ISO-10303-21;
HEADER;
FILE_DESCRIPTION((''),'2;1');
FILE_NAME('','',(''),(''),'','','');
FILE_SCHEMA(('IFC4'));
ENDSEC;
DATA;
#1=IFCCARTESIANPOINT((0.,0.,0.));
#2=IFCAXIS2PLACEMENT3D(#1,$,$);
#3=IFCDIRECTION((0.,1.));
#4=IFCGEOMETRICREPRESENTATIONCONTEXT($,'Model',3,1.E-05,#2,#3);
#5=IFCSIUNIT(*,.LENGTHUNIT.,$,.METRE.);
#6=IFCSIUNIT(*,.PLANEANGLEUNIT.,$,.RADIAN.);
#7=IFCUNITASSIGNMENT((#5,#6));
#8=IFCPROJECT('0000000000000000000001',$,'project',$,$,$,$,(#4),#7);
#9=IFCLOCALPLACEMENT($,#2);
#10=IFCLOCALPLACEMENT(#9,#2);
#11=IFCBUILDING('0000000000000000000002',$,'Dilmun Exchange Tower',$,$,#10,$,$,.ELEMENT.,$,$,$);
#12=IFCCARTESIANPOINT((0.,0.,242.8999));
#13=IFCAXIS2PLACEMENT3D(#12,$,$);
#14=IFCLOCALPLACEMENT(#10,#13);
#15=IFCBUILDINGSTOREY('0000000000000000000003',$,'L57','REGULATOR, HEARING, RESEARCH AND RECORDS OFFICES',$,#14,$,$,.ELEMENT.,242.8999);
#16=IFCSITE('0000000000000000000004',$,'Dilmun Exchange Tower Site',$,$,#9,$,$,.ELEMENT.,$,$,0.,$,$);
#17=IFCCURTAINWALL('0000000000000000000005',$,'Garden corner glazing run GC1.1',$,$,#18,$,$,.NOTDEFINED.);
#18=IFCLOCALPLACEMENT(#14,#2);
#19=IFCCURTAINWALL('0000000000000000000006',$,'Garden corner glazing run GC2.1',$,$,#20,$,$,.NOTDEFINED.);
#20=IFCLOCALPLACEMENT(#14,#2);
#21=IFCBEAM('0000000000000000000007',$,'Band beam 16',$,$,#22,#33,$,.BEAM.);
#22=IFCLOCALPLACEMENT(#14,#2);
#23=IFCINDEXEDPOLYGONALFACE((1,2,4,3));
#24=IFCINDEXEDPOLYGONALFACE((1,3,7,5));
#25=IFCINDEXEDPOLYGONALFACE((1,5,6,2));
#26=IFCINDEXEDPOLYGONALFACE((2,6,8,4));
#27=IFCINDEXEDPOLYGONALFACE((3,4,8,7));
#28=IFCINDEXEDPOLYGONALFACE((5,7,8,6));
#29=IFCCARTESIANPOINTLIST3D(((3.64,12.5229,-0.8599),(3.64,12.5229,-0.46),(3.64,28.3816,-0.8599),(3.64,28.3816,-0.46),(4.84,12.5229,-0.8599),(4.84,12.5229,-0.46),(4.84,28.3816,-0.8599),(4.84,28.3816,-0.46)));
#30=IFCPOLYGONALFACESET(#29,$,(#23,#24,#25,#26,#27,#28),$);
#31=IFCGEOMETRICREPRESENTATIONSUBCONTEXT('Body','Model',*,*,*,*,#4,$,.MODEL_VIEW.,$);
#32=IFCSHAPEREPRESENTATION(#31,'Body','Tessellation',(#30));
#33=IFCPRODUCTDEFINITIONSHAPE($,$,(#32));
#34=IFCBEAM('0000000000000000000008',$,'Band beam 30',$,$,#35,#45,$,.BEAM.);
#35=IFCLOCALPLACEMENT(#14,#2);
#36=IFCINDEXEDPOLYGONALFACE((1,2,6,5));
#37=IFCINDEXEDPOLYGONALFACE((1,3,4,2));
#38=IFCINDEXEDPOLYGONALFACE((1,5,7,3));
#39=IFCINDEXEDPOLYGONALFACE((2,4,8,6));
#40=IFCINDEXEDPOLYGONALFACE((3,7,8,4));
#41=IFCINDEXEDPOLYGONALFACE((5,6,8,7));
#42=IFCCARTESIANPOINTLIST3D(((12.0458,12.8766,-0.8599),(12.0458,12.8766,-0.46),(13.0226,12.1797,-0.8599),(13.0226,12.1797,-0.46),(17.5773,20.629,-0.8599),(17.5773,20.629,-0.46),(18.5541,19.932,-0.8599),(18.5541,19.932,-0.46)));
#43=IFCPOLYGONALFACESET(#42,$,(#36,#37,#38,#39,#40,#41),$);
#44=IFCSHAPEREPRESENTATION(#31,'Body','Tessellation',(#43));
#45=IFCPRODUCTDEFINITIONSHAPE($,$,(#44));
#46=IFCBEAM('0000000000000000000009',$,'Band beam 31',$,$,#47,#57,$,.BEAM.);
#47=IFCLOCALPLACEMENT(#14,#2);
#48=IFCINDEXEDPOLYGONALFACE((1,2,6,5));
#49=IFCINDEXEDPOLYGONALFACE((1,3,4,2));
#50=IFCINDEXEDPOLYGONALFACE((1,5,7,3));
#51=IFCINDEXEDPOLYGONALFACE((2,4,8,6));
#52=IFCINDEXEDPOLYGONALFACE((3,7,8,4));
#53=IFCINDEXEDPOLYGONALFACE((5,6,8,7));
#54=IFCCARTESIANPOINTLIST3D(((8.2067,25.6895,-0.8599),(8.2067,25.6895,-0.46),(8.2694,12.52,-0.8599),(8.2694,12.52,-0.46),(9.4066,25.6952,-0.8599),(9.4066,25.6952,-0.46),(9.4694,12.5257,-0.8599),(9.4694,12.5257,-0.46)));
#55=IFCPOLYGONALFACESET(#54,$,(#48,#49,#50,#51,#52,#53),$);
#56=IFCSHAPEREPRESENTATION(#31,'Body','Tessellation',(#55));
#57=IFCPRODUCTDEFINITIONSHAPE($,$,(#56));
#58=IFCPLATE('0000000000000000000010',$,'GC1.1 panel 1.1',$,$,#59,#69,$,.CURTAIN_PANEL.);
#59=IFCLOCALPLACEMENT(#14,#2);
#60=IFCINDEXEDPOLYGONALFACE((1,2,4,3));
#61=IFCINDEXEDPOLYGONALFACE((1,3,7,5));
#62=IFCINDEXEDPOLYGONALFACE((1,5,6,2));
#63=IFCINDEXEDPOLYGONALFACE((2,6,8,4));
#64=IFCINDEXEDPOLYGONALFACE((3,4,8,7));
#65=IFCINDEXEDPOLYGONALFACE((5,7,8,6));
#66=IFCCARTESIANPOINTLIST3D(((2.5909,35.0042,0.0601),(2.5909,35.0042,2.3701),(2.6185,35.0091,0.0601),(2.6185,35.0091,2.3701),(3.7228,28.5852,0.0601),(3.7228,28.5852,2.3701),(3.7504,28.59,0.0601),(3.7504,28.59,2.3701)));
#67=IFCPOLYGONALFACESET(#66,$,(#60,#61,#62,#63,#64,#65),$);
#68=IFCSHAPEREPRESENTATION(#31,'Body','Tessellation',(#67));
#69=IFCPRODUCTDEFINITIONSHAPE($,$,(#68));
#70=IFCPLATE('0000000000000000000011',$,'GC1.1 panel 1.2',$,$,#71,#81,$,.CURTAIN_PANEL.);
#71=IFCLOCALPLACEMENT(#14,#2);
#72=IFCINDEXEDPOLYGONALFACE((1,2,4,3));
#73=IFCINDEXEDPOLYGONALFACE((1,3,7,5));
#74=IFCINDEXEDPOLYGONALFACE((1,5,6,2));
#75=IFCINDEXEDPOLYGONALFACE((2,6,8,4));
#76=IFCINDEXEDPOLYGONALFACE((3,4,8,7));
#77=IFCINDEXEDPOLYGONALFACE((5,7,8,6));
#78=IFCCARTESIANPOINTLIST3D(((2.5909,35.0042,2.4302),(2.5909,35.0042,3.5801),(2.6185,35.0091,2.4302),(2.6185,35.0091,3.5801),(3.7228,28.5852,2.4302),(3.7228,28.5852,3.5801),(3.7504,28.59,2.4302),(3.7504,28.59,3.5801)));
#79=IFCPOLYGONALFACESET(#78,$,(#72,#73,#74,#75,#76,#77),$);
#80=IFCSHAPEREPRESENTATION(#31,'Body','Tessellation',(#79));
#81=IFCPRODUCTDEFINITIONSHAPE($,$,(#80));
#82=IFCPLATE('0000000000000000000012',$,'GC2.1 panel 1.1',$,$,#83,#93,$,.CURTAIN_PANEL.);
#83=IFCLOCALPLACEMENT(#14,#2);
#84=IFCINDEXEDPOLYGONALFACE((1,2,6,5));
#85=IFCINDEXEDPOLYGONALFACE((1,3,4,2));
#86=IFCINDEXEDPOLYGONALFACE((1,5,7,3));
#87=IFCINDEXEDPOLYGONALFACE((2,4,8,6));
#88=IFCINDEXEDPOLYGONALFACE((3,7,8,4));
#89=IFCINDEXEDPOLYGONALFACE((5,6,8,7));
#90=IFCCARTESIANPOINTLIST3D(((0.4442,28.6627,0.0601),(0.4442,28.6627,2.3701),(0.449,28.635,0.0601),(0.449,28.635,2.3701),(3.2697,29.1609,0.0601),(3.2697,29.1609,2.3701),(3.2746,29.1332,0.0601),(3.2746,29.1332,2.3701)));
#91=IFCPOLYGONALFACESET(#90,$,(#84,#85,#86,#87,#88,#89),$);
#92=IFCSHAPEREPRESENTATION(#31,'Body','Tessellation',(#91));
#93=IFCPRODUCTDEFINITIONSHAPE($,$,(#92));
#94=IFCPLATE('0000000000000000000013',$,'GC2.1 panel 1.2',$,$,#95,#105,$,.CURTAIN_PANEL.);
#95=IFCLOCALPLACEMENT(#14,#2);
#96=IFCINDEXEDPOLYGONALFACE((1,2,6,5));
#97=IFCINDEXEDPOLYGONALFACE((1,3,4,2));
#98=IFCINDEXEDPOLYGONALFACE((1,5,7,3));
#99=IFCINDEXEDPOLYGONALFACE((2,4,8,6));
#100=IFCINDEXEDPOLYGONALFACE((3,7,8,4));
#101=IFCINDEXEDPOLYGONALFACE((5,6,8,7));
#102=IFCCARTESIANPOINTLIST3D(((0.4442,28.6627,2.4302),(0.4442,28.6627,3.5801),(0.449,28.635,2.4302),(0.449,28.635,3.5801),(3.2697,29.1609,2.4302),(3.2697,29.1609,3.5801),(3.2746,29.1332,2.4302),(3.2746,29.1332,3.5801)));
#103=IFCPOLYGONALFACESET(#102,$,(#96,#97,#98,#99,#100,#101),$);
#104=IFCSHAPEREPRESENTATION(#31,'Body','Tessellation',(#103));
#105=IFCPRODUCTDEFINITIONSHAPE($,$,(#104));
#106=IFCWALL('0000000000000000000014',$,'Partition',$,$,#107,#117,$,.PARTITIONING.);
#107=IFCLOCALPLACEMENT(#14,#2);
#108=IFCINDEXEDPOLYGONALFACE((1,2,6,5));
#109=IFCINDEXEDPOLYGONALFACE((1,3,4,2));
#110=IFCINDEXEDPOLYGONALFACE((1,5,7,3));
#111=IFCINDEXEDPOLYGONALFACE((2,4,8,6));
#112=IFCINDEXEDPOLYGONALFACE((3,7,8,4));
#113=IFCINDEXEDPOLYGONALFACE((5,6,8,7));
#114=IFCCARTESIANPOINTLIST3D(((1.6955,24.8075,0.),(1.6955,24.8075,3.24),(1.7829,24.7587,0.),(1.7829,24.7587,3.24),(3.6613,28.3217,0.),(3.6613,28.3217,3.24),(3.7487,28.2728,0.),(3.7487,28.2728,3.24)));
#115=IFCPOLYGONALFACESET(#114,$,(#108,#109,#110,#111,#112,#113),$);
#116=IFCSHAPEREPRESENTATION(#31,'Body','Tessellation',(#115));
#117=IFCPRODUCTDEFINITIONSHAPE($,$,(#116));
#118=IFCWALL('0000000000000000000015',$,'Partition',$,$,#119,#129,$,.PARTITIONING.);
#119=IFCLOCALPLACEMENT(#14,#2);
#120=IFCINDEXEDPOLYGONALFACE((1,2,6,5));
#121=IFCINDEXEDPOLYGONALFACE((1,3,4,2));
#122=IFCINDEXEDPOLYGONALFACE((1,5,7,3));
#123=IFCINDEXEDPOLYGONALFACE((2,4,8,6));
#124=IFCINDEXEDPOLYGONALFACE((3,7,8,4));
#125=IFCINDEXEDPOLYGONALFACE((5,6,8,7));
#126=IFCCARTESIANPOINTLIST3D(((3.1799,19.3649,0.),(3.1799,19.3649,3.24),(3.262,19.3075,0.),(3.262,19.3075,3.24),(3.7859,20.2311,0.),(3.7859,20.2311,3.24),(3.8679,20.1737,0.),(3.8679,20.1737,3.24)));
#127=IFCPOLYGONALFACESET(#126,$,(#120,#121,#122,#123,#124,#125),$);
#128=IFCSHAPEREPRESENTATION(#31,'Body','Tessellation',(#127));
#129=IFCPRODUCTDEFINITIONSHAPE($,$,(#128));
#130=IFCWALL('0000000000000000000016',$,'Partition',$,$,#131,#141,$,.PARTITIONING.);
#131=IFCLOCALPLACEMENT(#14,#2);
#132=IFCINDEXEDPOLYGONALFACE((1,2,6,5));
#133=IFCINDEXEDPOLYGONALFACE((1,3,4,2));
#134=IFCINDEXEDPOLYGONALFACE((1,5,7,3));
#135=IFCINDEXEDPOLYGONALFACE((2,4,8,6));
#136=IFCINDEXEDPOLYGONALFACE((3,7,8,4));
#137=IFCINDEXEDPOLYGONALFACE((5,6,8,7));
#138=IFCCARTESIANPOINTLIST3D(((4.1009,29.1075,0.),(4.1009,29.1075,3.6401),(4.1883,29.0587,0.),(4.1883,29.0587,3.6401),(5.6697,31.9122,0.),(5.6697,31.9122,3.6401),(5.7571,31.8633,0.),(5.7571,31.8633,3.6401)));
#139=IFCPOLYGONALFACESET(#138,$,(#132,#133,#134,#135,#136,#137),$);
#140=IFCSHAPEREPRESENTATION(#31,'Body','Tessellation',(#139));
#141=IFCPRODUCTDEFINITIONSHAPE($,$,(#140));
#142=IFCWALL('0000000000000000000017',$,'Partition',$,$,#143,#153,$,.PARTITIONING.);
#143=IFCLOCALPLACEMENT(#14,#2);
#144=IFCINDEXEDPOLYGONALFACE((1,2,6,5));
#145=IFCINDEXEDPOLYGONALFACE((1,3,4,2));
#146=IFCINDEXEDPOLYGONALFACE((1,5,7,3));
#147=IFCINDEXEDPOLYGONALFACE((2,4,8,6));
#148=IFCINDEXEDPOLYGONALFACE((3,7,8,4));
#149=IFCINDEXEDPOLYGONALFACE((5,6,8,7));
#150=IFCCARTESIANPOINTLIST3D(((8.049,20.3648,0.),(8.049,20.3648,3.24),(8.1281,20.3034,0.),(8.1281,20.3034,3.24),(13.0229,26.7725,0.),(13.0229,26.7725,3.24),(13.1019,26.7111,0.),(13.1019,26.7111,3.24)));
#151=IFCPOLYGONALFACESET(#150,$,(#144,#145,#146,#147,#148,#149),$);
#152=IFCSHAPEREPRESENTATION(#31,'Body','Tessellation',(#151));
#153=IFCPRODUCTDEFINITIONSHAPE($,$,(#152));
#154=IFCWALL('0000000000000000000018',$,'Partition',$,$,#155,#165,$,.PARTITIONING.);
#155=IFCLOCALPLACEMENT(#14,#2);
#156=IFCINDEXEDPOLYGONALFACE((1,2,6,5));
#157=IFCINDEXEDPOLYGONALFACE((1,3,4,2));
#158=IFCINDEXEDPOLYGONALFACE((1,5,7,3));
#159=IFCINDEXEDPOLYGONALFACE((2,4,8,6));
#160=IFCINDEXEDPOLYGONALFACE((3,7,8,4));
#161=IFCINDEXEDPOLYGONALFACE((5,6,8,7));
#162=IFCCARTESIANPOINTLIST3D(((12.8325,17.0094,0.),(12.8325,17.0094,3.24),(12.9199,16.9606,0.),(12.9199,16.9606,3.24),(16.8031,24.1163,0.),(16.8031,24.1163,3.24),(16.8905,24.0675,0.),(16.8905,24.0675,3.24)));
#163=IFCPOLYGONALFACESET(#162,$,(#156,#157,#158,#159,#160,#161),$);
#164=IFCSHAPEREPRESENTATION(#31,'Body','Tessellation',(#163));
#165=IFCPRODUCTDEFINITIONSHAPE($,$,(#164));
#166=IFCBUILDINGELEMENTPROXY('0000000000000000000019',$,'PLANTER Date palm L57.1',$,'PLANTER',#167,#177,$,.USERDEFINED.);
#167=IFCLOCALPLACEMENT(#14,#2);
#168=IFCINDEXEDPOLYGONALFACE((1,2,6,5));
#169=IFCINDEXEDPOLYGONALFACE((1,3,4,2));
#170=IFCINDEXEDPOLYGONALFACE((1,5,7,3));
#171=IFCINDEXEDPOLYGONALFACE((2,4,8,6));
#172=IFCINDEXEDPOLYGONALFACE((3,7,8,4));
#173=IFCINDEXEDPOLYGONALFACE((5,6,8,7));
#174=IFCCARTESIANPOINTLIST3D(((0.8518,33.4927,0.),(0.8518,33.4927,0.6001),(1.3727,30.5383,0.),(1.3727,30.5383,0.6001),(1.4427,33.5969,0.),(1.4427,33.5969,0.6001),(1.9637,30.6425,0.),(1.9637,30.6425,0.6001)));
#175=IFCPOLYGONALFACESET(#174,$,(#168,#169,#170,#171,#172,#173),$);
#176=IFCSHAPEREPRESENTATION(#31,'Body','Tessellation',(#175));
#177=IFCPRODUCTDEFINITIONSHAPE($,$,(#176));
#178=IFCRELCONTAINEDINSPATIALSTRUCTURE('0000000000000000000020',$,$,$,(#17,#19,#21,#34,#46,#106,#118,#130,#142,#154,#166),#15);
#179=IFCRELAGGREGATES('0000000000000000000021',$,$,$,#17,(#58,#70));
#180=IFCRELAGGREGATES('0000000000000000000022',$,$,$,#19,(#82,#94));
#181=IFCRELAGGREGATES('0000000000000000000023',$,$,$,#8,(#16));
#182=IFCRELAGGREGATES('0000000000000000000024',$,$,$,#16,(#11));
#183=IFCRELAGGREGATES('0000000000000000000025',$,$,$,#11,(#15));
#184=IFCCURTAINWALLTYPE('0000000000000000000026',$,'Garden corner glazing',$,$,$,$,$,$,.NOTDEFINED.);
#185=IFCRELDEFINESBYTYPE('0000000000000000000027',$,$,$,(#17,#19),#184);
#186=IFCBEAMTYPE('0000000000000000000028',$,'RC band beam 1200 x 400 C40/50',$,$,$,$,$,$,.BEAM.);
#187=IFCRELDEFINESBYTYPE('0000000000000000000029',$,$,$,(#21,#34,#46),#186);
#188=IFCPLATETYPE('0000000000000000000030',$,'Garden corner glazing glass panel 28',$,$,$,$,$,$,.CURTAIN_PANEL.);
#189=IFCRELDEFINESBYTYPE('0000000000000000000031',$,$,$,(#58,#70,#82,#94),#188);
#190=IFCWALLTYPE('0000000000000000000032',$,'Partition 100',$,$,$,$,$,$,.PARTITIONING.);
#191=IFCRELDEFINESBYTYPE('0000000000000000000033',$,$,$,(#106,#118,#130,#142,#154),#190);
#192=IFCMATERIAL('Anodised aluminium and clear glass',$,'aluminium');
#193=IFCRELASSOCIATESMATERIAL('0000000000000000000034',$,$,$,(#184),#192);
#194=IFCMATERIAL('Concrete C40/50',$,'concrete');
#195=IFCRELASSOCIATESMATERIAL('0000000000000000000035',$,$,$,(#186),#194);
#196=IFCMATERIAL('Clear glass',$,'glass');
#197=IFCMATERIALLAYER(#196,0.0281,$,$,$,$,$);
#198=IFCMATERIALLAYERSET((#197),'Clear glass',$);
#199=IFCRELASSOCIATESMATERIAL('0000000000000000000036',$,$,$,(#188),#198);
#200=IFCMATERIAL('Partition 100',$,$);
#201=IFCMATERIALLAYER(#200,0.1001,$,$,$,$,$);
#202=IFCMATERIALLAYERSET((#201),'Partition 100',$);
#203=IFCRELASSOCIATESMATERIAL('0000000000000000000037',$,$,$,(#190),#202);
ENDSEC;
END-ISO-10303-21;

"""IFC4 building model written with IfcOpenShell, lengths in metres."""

from ifc_helpers import new_model, si_unit, direction, frame, frame_2d, origin, origin_2d, place, context, subcontext, project, spatial, rectangle, extrude, material, layer, layer_set, material_profile, profile_set, type_object, element, aggregate, save


model = new_model("IFC4")

# Units and contexts
model_context = context("Model", 3, precision=1e-05, world=origin(), true_north=direction((0.0, 1.0)))
body_context = subcontext(model_context, "Body", "Model", "MODEL_VIEW")
ifc_project = project(units=[si_unit("LENGTHUNIT", "METRE"), si_unit("PLANEANGLEUNIT", "RADIAN")], contexts=[model_context])

# Site, building, storey
site_placement = place(None, origin())
site = spatial("IfcSite", under=ifc_project, at=site_placement, Name="Dilmun Exchange Tower Site", CompositionType="ELEMENT", RefElevation=0.0)
building_placement = place(site_placement, origin())
building = spatial("IfcBuilding", under=site, at=building_placement, Name="Dilmun Exchange Tower", CompositionType="ELEMENT")
storey_placement = place(building_placement, frame((0.0, 0.0, 242.8999)))
storey = spatial("IfcBuildingStorey", under=building, at=storey_placement, Name="L57", Description="REGULATOR, HEARING, RESEARCH AND RECORDS OFFICES", CompositionType="ELEMENT", Elevation=242.8999)

# Curtain wall
ifc_material_1 = material(Name="Anodised aluminium and clear glass", Category="aluminium")
curtain_wall_type = type_object("IfcCurtainWallType", Name="Garden corner glazing", PredefinedType="NOTDEFINED", material=ifc_material_1)
curtain_wall_1_placement = place(storey_placement, origin())
curtain_wall_1 = element("IfcCurtainWall", 1, at=curtain_wall_1_placement, inside=storey, type_object=curtain_wall_type, Name="Garden corner glazing run GC1.1", PredefinedType="NOTDEFINED")

# Curtain wall
curtain_wall_2_placement = place(storey_placement, origin())
curtain_wall_2 = element("IfcCurtainWall", 2, at=curtain_wall_2_placement, inside=storey, type_object=curtain_wall_type, Name="Garden corner glazing run GC2.1", PredefinedType="NOTDEFINED")

# Beams
ifc_material_2 = material(Name="Concrete C40/50", Category="concrete")
ifc_material_profile_1 = material_profile(ifc_material_2, rectangle(XDim=1.2, YDim=0.3999, at=origin_2d()), Name="1200 x 400")
ifc_profile_set_1 = profile_set([ifc_material_profile_1], Name="Concrete C40/50")
beam_type = type_object("IfcBeamType", Name="RC band beam 1200 x 400 C40/50", PredefinedType="BEAM", material=ifc_profile_set_1)
beam_1_placement = place(storey_placement, frame((4.24, 28.3816, -0.6599), z_axis=(0.0, -1.0, 0.0), x_axis=(1.0, 0.0, 0.0)))
element("IfcBeam", 3, at=beam_1_placement, inside=storey, type_object=beam_type, Name="Band beam 16", PredefinedType="BEAM", context=body_context, shape_type="SweptSolid", body=[
    extrude(rectangle(XDim=1.2, YDim=0.3999, at=origin_2d()), origin(), (0.0, 0.0, 1.0), 15.8586),
])
beam_2_placement = place(storey_placement, frame((18.0657, 20.2805, -0.6599), z_axis=(-0.580823, -0.81403, 0.0), x_axis=(0.81403, -0.580823, 0.0)))
element("IfcBeam", 4, at=beam_2_placement, inside=storey, type_object=beam_type, Name="Band beam 30", PredefinedType="BEAM", context=body_context, shape_type="SweptSolid", body=[
    extrude(rectangle(XDim=1.2, YDim=0.3999, at=origin_2d()), origin(), (0.0, 0.0, 1.0), 9.5234),
])
beam_3_placement = place(storey_placement, frame((8.8066, 25.6924, -0.6599), z_axis=(0.004764, -0.999989, 0.0), x_axis=(0.999989, 0.004764, 0.0)))
element("IfcBeam", 5, at=beam_3_placement, inside=storey, type_object=beam_type, Name="Band beam 31", PredefinedType="BEAM", context=body_context, shape_type="SweptSolid", body=[
    extrude(rectangle(XDim=1.2, YDim=0.3999, at=origin_2d()), origin(), (0.0, 0.0, 1.0), 13.1697),
])

# Plates
ifc_material_3 = material(Name="Clear glass", Category="glass")
ifc_layer_1 = layer(ifc_material_3, 0.0281)
ifc_layer_set_1 = layer_set([ifc_layer_1], Name="Clear glass")
plate_type = type_object("IfcPlateType", Name="Garden corner glazing glass panel 28", PredefinedType="CURTAIN_PANEL", material=ifc_layer_set_1)
plate_1_placement = place(storey_placement, frame((3.1707, 31.7971, 0.0601), z_axis=(0.0, 0.0, 1.0), x_axis=(0.17365, -0.984807, 0.0)))
plate_1 = element("IfcPlate", 6, at=plate_1_placement, type_object=plate_type, Name="GC1.1 panel 1.1", PredefinedType="CURTAIN_PANEL", context=body_context, shape_type="SweptSolid", body=[
    extrude(rectangle(XDim=6.5181, YDim=0.0281, at=origin_2d()), origin(), (0.0, 0.0, 1.0), 2.3101),
])
plate_2_placement = place(storey_placement, frame((3.1707, 31.7971, 2.4302), z_axis=(0.0, 0.0, 1.0), x_axis=(0.17365, -0.984807, 0.0)))
plate_2 = element("IfcPlate", 7, at=plate_2_placement, type_object=plate_type, Name="GC1.1 panel 1.2", PredefinedType="CURTAIN_PANEL", context=body_context, shape_type="SweptSolid", body=[
    extrude(rectangle(XDim=6.5181, YDim=0.0281, at=origin_2d()), origin(), (0.0, 0.0, 1.0), 1.1499),
])
aggregate(curtain_wall_1, [plate_1, plate_2])
plate_3_placement = place(storey_placement, frame((1.8594, 28.8979, 0.0601), z_axis=(0.0, 0.0, 1.0), x_axis=(-0.984811, -0.173631, 0.0)))
plate_3 = element("IfcPlate", 8, at=plate_3_placement, type_object=plate_type, Name="GC2.1 panel 1.1", PredefinedType="CURTAIN_PANEL", context=body_context, shape_type="SweptSolid", body=[
    extrude(rectangle(XDim=2.8691, YDim=0.0281, at=origin_2d()), origin(), (0.0, 0.0, 1.0), 2.3101),
])
plate_4_placement = place(storey_placement, frame((1.8594, 28.8979, 2.4302), z_axis=(0.0, 0.0, 1.0), x_axis=(-0.984811, -0.173631, 0.0)))
plate_4 = element("IfcPlate", 9, at=plate_4_placement, type_object=plate_type, Name="GC2.1 panel 1.2", PredefinedType="CURTAIN_PANEL", context=body_context, shape_type="SweptSolid", body=[
    extrude(rectangle(XDim=2.8691, YDim=0.0281, at=origin_2d()), origin(), (0.0, 0.0, 1.0), 1.1499),
])
aggregate(curtain_wall_2, [plate_3, plate_4])

# Walls
ifc_material_4 = material(Name="Partition 100")
ifc_layer_2 = layer(ifc_material_4, 0.1001)
ifc_layer_set_2 = layer_set([ifc_layer_2], Name="Partition 100")
wall_type = type_object("IfcWallType", Name="Partition 100", PredefinedType="PARTITIONING", material=ifc_layer_set_2)
wall_1_placement = place(storey_placement, frame((1.7393, 24.7832, 0.0), z_axis=(0.0, 0.0, 1.0), x_axis=(0.488205, 0.872729, 0.0)))
element("IfcWall", 10, at=wall_1_placement, inside=storey, type_object=wall_type, Name="Partition", PredefinedType="PARTITIONING", context=body_context, shape_type="SweptSolid", body=[
    extrude(rectangle(XDim=4.0266, YDim=0.1001, at=frame_2d((2.0132, 0.0))), origin(), (0.0, 0.0, 1.0), 3.24),
])
wall_2_placement = place(storey_placement, frame((3.2209, 19.3362, 0.0), z_axis=(0.0, 0.0, 1.0), x_axis=(0.573214, 0.819405, 0.0)))
element("IfcWall", 11, at=wall_2_placement, inside=storey, type_object=wall_type, Name="Partition", PredefinedType="PARTITIONING", context=body_context, shape_type="SweptSolid", body=[
    extrude(rectangle(XDim=1.0571, YDim=0.1001, at=frame_2d((0.5286, 0.0))), origin(), (0.0, 0.0, 1.0), 3.24),
])
wall_3_placement = place(storey_placement, frame((4.1445, 29.083, 0.0), z_axis=(0.0, 0.0, 1.0), x_axis=(0.488182, 0.872742, 0.0)))
element("IfcWall", 12, at=wall_3_placement, inside=storey, type_object=wall_type, Name="Partition", PredefinedType="PARTITIONING", context=body_context, shape_type="SweptSolid", body=[
    extrude(rectangle(XDim=3.2136, YDim=0.1001, at=frame_2d((1.6069, 0.0))), origin(), (0.0, 0.0, 1.0), 3.6401),
])
wall_4_placement = place(storey_placement, frame((8.0886, 20.3342, 0.0), z_axis=(0.0, 0.0, 1.0), x_axis=(0.61318, 0.789943, 0.0)))
element("IfcWall", 13, at=wall_4_placement, inside=storey, type_object=wall_type, Name="Partition", PredefinedType="PARTITIONING", context=body_context, shape_type="SweptSolid", body=[
    extrude(rectangle(XDim=8.1116, YDim=0.1001, at=frame_2d((4.0557, 0.0))), origin(), (0.0, 0.0, 1.0), 3.24),
])
wall_5_placement = place(storey_placement, frame((12.8762, 16.9851, 0.0), z_axis=(0.0, 0.0, 1.0), x_axis=(0.487745, 0.872986, 0.0)))
element("IfcWall", 14, at=wall_5_placement, inside=storey, type_object=wall_type, Name="Partition", PredefinedType="PARTITIONING", context=body_context, shape_type="SweptSolid", body=[
    extrude(rectangle(XDim=8.1409, YDim=0.1001, at=frame_2d((4.0703, 0.0))), origin(), (0.0, 0.0, 1.0), 3.24),
])

# Building element proxy
proxy_placement = place(storey_placement, frame((1.4077, 32.0676, 0.0), z_axis=(0.0, 0.0, 1.0), x_axis=(-0.173648, 0.984808, 0.0)))
element("IfcBuildingElementProxy", 15, at=proxy_placement, inside=storey, Name="PLANTER Date palm L57.1", ObjectType="PLANTER", PredefinedType="USERDEFINED", context=body_context, shape_type="SweptSolid", body=[
    extrude(rectangle(XDim=3.0, YDim=0.6001, at=origin_2d()), origin(), (0.0, 0.0, 1.0), 0.6001),
])

save(model, "model.ifc")
